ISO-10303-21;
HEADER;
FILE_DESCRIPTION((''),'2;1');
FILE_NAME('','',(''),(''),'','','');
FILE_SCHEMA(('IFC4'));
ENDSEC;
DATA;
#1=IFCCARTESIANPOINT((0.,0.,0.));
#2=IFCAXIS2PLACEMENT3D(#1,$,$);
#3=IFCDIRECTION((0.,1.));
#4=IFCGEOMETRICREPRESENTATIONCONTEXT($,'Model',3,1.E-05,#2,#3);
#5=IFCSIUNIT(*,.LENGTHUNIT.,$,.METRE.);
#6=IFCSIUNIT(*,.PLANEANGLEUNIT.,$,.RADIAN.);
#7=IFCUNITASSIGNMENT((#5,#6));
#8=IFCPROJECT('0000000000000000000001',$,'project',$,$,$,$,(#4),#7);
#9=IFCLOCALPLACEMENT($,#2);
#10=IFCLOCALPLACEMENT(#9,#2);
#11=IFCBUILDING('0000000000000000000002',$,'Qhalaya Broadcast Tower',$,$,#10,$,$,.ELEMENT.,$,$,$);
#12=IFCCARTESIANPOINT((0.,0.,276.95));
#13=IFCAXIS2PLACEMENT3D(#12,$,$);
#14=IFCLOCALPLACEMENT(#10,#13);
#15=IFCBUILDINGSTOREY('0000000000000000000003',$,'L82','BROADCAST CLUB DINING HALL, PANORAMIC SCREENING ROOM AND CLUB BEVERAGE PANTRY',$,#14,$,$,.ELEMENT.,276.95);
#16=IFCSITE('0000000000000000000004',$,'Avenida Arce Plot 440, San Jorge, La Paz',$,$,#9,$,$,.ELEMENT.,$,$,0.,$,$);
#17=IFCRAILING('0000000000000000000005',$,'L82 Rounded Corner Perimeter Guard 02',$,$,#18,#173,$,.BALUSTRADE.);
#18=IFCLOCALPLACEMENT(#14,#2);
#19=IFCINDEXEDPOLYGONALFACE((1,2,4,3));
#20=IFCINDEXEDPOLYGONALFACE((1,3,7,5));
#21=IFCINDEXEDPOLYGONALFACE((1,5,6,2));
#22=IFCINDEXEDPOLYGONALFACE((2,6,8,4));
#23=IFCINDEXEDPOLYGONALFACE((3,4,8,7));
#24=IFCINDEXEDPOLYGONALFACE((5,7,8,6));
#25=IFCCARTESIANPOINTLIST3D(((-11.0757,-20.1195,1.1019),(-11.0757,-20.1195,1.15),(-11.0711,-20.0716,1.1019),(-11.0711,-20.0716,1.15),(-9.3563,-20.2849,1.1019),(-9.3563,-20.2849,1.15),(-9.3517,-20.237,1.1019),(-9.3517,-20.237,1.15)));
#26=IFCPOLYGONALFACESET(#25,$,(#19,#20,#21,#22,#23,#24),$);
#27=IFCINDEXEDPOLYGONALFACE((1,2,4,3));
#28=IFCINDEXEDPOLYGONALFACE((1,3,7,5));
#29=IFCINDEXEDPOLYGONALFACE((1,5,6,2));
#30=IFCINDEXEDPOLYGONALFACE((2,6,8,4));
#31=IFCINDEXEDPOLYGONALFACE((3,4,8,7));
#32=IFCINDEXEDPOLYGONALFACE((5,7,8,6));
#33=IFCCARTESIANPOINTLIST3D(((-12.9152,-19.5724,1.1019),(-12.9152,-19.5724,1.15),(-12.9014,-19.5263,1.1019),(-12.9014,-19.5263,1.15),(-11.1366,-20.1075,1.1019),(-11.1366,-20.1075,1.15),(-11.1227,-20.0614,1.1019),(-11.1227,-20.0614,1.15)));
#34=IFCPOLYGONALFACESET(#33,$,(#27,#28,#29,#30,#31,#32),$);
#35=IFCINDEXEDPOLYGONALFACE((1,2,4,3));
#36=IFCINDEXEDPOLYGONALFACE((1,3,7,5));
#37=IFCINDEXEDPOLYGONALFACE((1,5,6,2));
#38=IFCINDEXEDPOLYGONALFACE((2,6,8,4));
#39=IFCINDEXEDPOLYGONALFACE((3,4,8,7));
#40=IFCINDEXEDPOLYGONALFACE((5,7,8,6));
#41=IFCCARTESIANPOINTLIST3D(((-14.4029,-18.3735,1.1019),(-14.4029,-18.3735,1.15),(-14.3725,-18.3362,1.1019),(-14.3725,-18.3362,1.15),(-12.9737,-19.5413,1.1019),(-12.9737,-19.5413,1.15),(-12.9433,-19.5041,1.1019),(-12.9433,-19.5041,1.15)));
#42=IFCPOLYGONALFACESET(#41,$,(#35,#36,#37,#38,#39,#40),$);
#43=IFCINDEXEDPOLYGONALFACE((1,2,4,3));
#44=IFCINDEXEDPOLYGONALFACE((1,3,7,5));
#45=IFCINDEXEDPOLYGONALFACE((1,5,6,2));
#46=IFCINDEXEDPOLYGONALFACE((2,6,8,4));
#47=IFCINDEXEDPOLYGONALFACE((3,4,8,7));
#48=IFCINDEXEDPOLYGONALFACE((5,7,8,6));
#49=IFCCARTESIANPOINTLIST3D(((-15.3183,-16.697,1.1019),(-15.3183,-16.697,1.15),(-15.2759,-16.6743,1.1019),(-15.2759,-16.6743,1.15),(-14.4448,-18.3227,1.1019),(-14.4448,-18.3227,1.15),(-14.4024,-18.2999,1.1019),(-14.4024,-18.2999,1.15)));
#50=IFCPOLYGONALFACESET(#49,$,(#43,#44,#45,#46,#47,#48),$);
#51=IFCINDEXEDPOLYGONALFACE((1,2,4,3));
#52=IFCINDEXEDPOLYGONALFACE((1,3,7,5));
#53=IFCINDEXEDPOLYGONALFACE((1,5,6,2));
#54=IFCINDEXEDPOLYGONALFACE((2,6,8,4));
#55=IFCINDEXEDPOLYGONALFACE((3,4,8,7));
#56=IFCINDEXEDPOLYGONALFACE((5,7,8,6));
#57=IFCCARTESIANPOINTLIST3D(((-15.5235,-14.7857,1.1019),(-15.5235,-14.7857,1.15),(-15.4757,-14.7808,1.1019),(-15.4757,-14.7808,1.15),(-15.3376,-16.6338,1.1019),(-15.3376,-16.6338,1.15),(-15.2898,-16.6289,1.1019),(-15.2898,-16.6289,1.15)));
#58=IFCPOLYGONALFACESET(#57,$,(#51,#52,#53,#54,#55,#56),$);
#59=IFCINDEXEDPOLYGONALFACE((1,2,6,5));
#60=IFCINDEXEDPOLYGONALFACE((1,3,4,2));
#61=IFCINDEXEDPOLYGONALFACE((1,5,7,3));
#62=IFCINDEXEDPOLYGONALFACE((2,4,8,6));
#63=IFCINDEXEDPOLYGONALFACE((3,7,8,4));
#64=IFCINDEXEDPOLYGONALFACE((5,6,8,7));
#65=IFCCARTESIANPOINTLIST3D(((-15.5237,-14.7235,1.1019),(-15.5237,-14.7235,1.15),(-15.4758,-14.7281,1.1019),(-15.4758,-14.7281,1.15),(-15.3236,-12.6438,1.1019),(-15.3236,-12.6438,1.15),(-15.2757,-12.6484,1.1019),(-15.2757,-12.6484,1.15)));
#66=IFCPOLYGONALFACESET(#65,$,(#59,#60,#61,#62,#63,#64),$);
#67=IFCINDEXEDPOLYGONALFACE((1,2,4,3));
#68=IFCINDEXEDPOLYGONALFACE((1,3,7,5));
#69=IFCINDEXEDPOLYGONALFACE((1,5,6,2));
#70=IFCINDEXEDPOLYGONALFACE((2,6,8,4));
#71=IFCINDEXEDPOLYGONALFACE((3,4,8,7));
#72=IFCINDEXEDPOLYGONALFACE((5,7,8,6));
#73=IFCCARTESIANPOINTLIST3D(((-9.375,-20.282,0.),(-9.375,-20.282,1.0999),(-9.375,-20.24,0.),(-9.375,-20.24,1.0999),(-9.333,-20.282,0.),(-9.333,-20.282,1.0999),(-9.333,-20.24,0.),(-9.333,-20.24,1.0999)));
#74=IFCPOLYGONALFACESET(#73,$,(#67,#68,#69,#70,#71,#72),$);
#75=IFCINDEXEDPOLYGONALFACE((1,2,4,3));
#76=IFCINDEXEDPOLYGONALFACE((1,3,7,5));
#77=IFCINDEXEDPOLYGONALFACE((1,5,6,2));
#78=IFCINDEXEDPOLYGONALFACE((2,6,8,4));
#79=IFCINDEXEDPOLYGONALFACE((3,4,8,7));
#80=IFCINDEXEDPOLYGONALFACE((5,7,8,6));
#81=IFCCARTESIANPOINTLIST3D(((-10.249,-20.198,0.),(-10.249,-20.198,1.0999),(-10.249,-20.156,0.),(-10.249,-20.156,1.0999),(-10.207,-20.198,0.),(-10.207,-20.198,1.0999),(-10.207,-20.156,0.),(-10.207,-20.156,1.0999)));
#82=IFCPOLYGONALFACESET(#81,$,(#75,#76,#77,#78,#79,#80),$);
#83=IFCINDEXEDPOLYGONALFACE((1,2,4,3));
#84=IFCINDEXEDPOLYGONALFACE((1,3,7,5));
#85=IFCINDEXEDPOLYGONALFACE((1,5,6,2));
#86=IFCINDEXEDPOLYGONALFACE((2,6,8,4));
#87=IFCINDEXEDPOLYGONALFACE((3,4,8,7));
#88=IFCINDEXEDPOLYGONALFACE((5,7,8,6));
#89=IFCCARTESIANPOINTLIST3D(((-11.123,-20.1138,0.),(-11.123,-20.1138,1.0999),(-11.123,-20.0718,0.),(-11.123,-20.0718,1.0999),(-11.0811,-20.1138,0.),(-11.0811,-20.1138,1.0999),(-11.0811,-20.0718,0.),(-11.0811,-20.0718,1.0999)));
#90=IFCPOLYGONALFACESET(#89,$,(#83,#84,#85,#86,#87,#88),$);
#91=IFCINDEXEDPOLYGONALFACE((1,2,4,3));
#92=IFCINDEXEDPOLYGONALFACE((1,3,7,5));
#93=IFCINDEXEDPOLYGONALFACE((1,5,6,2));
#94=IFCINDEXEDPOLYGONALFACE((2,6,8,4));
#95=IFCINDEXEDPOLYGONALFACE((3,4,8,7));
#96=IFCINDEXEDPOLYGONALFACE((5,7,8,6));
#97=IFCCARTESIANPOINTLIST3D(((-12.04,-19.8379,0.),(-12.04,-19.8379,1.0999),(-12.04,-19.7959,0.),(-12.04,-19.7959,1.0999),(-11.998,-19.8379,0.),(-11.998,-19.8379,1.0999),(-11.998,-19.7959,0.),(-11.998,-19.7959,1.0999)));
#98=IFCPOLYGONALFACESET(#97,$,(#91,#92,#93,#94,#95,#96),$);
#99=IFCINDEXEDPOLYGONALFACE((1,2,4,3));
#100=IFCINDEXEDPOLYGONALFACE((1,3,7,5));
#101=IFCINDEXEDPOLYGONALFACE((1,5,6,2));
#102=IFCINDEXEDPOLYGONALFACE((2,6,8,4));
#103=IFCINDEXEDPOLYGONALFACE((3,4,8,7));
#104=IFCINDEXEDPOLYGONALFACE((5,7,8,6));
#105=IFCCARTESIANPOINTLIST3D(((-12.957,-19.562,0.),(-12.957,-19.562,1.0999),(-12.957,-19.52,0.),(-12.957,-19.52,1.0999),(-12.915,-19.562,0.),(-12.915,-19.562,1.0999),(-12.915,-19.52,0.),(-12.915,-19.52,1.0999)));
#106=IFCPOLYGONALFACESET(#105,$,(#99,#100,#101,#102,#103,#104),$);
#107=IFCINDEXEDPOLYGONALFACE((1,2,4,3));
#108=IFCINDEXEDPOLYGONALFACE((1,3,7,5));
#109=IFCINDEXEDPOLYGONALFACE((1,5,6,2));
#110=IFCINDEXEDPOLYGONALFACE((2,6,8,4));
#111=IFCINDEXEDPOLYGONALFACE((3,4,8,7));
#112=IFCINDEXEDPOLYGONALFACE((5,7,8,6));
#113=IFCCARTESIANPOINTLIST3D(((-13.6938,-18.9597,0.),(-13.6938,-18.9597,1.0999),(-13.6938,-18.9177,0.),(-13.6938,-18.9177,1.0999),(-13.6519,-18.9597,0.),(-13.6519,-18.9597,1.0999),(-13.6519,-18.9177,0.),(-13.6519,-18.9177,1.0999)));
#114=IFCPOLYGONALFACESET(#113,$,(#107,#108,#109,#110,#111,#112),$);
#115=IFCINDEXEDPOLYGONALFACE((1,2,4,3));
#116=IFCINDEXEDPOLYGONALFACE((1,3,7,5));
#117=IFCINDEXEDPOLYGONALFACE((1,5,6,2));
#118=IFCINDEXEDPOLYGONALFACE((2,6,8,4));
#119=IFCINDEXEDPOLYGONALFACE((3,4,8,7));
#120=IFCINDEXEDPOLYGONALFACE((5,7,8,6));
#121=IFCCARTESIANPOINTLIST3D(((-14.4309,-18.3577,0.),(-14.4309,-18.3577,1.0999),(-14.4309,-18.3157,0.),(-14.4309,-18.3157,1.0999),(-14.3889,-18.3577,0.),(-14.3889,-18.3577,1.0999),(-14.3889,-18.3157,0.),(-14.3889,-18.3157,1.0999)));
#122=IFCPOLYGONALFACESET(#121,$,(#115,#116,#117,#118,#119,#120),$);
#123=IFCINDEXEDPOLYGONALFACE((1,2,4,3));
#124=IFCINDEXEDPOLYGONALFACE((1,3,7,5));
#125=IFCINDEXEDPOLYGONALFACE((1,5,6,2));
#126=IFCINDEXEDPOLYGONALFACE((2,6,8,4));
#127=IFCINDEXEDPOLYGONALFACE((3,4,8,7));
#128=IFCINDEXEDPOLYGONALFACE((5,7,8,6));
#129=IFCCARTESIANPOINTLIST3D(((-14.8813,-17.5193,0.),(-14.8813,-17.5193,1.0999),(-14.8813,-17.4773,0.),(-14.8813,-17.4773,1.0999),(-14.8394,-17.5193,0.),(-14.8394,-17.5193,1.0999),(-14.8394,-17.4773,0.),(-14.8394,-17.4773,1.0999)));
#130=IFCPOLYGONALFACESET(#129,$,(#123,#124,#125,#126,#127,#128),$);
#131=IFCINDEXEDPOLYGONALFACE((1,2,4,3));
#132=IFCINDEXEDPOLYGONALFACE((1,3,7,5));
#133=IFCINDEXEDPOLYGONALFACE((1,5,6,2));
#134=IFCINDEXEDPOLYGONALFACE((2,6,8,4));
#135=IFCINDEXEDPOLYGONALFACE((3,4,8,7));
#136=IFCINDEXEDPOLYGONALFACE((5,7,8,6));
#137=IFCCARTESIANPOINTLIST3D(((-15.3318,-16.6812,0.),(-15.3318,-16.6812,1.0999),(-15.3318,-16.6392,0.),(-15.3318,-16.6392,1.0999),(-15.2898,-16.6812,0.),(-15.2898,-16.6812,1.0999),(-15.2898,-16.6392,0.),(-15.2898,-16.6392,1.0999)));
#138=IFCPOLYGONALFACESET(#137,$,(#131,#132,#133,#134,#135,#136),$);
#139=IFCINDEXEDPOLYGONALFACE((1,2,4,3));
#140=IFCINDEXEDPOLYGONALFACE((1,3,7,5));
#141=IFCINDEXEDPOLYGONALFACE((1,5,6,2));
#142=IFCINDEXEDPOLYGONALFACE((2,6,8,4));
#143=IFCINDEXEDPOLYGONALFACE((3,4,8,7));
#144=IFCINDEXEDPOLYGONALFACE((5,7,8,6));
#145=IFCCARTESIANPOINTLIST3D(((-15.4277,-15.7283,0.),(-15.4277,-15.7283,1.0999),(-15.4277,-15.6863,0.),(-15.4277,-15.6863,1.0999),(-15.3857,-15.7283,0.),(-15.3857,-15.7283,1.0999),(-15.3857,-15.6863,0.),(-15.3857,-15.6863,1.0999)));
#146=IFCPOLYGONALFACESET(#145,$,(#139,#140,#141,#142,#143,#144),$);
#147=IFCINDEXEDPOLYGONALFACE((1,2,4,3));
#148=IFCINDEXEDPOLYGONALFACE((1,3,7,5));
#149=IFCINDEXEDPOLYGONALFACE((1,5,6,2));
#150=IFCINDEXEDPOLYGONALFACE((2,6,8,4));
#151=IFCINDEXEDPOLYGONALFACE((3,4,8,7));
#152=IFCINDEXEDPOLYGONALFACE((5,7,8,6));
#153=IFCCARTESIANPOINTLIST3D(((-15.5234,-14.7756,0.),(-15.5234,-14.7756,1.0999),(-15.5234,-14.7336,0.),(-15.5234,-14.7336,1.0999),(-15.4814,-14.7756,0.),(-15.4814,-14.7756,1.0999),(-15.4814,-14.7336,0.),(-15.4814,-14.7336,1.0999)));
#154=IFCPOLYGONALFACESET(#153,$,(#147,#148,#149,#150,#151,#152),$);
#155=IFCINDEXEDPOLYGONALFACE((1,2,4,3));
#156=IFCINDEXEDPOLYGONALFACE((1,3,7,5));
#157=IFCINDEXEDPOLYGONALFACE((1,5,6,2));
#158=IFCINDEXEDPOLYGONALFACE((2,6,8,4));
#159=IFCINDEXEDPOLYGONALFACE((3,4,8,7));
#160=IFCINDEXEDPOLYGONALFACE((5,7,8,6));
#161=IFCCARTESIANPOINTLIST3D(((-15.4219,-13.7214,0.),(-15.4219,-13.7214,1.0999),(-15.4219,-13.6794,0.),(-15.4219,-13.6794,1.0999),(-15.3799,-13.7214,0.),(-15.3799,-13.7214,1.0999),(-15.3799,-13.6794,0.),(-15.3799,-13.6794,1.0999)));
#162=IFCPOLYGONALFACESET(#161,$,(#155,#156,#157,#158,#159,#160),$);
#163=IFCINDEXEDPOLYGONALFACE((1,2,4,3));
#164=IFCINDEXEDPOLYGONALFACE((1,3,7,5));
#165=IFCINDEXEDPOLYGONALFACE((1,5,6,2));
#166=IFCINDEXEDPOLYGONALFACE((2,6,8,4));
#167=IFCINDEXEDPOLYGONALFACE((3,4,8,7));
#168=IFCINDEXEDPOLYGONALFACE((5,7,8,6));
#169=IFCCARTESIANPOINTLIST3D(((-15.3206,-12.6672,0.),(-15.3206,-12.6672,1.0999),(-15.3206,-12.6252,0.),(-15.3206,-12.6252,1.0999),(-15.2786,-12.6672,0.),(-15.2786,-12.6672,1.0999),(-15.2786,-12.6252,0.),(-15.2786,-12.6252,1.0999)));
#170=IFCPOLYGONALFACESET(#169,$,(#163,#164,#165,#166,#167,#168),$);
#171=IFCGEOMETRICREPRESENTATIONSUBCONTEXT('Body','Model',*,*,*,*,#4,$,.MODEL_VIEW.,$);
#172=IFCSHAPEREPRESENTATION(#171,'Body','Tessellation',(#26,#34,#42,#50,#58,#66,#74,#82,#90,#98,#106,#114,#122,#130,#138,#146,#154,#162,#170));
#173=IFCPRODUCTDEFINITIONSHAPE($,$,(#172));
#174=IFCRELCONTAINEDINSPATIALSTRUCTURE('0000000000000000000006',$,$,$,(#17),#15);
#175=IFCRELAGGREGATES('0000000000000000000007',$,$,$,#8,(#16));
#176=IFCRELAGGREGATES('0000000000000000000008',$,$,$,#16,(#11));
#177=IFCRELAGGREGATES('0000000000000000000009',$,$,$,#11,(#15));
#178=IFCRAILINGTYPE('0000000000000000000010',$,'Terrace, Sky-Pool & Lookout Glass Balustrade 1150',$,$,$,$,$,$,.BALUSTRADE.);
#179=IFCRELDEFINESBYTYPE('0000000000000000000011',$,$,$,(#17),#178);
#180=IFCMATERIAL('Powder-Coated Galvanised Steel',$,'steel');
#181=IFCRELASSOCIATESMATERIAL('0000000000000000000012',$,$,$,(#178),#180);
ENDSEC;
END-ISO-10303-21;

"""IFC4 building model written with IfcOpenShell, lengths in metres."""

from ifc_helpers import new_model, si_unit, direction, frame, origin, origin_2d, place, context, subcontext, project, spatial, rectangle, extrude, material, type_object, element, save


model = new_model("IFC4")

# Units and contexts
model_context = context("Model", 3, precision=1e-05, world=origin(), true_north=direction((0.0, 1.0)))
body_context = subcontext(model_context, "Body", "Model", "MODEL_VIEW")
ifc_project = project(units=[si_unit("LENGTHUNIT", "METRE"), si_unit("PLANEANGLEUNIT", "RADIAN")], contexts=[model_context])

# Site, building, storey
site_placement = place(None, origin())
site = spatial("IfcSite", under=ifc_project, at=site_placement, Name="Avenida Arce Plot 440, San Jorge, La Paz", CompositionType="ELEMENT", RefElevation=0.0)
building_placement = place(site_placement, origin())
building = spatial("IfcBuilding", under=site, at=building_placement, Name="Qhalaya Broadcast Tower", CompositionType="ELEMENT")
storey_placement = place(building_placement, frame((0.0, 0.0, 276.95)))
storey = spatial("IfcBuildingStorey", under=building, at=storey_placement, Name="L82", Description="BROADCAST CLUB DINING HALL, PANORAMIC SCREENING ROOM AND CLUB BEVERAGE PANTRY", CompositionType="ELEMENT", Elevation=276.95)

# Railing
ifc_material_1 = material(Name="Powder-Coated Galvanised Steel", Category="steel")
railing_type = type_object("IfcRailingType", Name="Terrace, Sky-Pool & Lookout Glass Balustrade 1150", PredefinedType="BALUSTRADE", material=ifc_material_1)
railing_1_placement = place(storey_placement, frame((-9.354, -20.261, 0.0)))
element("IfcRailing", 1, at=railing_1_placement, inside=storey, type_object=railing_type, Name="L82 Rounded Corner Perimeter Guard 02", PredefinedType="BALUSTRADE", context=body_context, shape_type="SweptSolid", body=[
    extrude(rectangle(XDim=0.0481, YDim=0.0481, at=origin_2d()), frame((0.0, 0.0, 1.126), z_axis=(-0.995402, 0.095787, 0.0), x_axis=(-0.095787, -0.995402, 0.0)), (0.0, 0.0, 1.0), 1.7273),
    extrude(rectangle(XDim=0.0481, YDim=0.0481, at=origin_2d()), frame((-1.7756, 0.1765, 1.126), z_axis=(-0.957601, 0.288096, 0.0), x_axis=(-0.288096, -0.957601, 0.0)), (0.0, 0.0, 1.0), 1.8574),
    extrude(rectangle(XDim=0.0481, YDim=0.0481, at=origin_2d()), frame((-3.6045, 0.7383, 1.126), z_axis=(-0.774357, 0.632749, 0.0), x_axis=(-0.632749, -0.774357, 0.0)), (0.0, 0.0, 1.0), 1.8457),
    extrude(rectangle(XDim=0.0481, YDim=0.0481, at=origin_2d()), frame((-5.0696, 1.9497, 1.126), z_axis=(-0.473342, 0.880879, 0.0), x_axis=(-0.880879, -0.473342, 0.0)), (0.0, 0.0, 1.0), 1.8455),
    extrude(rectangle(XDim=0.0481, YDim=0.0481, at=origin_2d()), frame((-5.9597, 3.6296, 1.126), z_axis=(-0.100072, 0.99498, 0.0), x_axis=(-0.99498, -0.100072, 0.0)), (0.0, 0.0, 1.0), 1.8574),
    extrude(rectangle(XDim=0.0481, YDim=0.0481, at=origin_2d()), frame((-6.1458, 5.5352, 1.126), z_axis=(0.095783, 0.995402, 0.0), x_axis=(-0.995402, 0.095783, 0.0)), (0.0, 0.0, 1.0), 2.0894),
    extrude(rectangle(XDim=0.042, YDim=0.042, at=origin_2d()), origin(), (0.0, 0.0, 1.0), 1.0999),
    extrude(rectangle(XDim=0.042, YDim=0.042, at=origin_2d()), frame((-0.874, 0.084, 0.0)), (0.0, 0.0, 1.0), 1.0999),
    extrude(rectangle(XDim=0.042, YDim=0.042, at=origin_2d()), frame((-1.748, 0.1682, 0.0)), (0.0, 0.0, 1.0), 1.0999),
    extrude(rectangle(XDim=0.042, YDim=0.042, at=origin_2d()), frame((-2.665, 0.4441, 0.0)), (0.0, 0.0, 1.0), 1.0999),
    extrude(rectangle(XDim=0.042, YDim=0.042, at=origin_2d()), frame((-3.582, 0.72, 0.0)), (0.0, 0.0, 1.0), 1.0999),
    extrude(rectangle(XDim=0.042, YDim=0.042, at=origin_2d()), frame((-4.3188, 1.3223, 0.0)), (0.0, 0.0, 1.0), 1.0999),
    extrude(rectangle(XDim=0.042, YDim=0.042, at=origin_2d()), frame((-5.0559, 1.9243, 0.0)), (0.0, 0.0, 1.0), 1.0999),
    extrude(rectangle(XDim=0.042, YDim=0.042, at=origin_2d()), frame((-5.5063, 2.7627, 0.0)), (0.0, 0.0, 1.0), 1.0999),
    extrude(rectangle(XDim=0.042, YDim=0.042, at=origin_2d()), frame((-5.9568, 3.6008, 0.0)), (0.0, 0.0, 1.0), 1.0999),
    extrude(rectangle(XDim=0.042, YDim=0.042, at=origin_2d()), frame((-6.0527, 4.5537, 0.0)), (0.0, 0.0, 1.0), 1.0999),
    extrude(rectangle(XDim=0.042, YDim=0.042, at=origin_2d()), frame((-6.1484, 5.5063, 0.0)), (0.0, 0.0, 1.0), 1.0999),
    extrude(rectangle(XDim=0.042, YDim=0.042, at=origin_2d()), frame((-6.0469, 6.5605, 0.0)), (0.0, 0.0, 1.0), 1.0999),
    extrude(rectangle(XDim=0.042, YDim=0.042, at=origin_2d()), frame((-5.9456, 7.6147, 0.0)), (0.0, 0.0, 1.0), 1.0999),
])

save(model, "model.ifc")
